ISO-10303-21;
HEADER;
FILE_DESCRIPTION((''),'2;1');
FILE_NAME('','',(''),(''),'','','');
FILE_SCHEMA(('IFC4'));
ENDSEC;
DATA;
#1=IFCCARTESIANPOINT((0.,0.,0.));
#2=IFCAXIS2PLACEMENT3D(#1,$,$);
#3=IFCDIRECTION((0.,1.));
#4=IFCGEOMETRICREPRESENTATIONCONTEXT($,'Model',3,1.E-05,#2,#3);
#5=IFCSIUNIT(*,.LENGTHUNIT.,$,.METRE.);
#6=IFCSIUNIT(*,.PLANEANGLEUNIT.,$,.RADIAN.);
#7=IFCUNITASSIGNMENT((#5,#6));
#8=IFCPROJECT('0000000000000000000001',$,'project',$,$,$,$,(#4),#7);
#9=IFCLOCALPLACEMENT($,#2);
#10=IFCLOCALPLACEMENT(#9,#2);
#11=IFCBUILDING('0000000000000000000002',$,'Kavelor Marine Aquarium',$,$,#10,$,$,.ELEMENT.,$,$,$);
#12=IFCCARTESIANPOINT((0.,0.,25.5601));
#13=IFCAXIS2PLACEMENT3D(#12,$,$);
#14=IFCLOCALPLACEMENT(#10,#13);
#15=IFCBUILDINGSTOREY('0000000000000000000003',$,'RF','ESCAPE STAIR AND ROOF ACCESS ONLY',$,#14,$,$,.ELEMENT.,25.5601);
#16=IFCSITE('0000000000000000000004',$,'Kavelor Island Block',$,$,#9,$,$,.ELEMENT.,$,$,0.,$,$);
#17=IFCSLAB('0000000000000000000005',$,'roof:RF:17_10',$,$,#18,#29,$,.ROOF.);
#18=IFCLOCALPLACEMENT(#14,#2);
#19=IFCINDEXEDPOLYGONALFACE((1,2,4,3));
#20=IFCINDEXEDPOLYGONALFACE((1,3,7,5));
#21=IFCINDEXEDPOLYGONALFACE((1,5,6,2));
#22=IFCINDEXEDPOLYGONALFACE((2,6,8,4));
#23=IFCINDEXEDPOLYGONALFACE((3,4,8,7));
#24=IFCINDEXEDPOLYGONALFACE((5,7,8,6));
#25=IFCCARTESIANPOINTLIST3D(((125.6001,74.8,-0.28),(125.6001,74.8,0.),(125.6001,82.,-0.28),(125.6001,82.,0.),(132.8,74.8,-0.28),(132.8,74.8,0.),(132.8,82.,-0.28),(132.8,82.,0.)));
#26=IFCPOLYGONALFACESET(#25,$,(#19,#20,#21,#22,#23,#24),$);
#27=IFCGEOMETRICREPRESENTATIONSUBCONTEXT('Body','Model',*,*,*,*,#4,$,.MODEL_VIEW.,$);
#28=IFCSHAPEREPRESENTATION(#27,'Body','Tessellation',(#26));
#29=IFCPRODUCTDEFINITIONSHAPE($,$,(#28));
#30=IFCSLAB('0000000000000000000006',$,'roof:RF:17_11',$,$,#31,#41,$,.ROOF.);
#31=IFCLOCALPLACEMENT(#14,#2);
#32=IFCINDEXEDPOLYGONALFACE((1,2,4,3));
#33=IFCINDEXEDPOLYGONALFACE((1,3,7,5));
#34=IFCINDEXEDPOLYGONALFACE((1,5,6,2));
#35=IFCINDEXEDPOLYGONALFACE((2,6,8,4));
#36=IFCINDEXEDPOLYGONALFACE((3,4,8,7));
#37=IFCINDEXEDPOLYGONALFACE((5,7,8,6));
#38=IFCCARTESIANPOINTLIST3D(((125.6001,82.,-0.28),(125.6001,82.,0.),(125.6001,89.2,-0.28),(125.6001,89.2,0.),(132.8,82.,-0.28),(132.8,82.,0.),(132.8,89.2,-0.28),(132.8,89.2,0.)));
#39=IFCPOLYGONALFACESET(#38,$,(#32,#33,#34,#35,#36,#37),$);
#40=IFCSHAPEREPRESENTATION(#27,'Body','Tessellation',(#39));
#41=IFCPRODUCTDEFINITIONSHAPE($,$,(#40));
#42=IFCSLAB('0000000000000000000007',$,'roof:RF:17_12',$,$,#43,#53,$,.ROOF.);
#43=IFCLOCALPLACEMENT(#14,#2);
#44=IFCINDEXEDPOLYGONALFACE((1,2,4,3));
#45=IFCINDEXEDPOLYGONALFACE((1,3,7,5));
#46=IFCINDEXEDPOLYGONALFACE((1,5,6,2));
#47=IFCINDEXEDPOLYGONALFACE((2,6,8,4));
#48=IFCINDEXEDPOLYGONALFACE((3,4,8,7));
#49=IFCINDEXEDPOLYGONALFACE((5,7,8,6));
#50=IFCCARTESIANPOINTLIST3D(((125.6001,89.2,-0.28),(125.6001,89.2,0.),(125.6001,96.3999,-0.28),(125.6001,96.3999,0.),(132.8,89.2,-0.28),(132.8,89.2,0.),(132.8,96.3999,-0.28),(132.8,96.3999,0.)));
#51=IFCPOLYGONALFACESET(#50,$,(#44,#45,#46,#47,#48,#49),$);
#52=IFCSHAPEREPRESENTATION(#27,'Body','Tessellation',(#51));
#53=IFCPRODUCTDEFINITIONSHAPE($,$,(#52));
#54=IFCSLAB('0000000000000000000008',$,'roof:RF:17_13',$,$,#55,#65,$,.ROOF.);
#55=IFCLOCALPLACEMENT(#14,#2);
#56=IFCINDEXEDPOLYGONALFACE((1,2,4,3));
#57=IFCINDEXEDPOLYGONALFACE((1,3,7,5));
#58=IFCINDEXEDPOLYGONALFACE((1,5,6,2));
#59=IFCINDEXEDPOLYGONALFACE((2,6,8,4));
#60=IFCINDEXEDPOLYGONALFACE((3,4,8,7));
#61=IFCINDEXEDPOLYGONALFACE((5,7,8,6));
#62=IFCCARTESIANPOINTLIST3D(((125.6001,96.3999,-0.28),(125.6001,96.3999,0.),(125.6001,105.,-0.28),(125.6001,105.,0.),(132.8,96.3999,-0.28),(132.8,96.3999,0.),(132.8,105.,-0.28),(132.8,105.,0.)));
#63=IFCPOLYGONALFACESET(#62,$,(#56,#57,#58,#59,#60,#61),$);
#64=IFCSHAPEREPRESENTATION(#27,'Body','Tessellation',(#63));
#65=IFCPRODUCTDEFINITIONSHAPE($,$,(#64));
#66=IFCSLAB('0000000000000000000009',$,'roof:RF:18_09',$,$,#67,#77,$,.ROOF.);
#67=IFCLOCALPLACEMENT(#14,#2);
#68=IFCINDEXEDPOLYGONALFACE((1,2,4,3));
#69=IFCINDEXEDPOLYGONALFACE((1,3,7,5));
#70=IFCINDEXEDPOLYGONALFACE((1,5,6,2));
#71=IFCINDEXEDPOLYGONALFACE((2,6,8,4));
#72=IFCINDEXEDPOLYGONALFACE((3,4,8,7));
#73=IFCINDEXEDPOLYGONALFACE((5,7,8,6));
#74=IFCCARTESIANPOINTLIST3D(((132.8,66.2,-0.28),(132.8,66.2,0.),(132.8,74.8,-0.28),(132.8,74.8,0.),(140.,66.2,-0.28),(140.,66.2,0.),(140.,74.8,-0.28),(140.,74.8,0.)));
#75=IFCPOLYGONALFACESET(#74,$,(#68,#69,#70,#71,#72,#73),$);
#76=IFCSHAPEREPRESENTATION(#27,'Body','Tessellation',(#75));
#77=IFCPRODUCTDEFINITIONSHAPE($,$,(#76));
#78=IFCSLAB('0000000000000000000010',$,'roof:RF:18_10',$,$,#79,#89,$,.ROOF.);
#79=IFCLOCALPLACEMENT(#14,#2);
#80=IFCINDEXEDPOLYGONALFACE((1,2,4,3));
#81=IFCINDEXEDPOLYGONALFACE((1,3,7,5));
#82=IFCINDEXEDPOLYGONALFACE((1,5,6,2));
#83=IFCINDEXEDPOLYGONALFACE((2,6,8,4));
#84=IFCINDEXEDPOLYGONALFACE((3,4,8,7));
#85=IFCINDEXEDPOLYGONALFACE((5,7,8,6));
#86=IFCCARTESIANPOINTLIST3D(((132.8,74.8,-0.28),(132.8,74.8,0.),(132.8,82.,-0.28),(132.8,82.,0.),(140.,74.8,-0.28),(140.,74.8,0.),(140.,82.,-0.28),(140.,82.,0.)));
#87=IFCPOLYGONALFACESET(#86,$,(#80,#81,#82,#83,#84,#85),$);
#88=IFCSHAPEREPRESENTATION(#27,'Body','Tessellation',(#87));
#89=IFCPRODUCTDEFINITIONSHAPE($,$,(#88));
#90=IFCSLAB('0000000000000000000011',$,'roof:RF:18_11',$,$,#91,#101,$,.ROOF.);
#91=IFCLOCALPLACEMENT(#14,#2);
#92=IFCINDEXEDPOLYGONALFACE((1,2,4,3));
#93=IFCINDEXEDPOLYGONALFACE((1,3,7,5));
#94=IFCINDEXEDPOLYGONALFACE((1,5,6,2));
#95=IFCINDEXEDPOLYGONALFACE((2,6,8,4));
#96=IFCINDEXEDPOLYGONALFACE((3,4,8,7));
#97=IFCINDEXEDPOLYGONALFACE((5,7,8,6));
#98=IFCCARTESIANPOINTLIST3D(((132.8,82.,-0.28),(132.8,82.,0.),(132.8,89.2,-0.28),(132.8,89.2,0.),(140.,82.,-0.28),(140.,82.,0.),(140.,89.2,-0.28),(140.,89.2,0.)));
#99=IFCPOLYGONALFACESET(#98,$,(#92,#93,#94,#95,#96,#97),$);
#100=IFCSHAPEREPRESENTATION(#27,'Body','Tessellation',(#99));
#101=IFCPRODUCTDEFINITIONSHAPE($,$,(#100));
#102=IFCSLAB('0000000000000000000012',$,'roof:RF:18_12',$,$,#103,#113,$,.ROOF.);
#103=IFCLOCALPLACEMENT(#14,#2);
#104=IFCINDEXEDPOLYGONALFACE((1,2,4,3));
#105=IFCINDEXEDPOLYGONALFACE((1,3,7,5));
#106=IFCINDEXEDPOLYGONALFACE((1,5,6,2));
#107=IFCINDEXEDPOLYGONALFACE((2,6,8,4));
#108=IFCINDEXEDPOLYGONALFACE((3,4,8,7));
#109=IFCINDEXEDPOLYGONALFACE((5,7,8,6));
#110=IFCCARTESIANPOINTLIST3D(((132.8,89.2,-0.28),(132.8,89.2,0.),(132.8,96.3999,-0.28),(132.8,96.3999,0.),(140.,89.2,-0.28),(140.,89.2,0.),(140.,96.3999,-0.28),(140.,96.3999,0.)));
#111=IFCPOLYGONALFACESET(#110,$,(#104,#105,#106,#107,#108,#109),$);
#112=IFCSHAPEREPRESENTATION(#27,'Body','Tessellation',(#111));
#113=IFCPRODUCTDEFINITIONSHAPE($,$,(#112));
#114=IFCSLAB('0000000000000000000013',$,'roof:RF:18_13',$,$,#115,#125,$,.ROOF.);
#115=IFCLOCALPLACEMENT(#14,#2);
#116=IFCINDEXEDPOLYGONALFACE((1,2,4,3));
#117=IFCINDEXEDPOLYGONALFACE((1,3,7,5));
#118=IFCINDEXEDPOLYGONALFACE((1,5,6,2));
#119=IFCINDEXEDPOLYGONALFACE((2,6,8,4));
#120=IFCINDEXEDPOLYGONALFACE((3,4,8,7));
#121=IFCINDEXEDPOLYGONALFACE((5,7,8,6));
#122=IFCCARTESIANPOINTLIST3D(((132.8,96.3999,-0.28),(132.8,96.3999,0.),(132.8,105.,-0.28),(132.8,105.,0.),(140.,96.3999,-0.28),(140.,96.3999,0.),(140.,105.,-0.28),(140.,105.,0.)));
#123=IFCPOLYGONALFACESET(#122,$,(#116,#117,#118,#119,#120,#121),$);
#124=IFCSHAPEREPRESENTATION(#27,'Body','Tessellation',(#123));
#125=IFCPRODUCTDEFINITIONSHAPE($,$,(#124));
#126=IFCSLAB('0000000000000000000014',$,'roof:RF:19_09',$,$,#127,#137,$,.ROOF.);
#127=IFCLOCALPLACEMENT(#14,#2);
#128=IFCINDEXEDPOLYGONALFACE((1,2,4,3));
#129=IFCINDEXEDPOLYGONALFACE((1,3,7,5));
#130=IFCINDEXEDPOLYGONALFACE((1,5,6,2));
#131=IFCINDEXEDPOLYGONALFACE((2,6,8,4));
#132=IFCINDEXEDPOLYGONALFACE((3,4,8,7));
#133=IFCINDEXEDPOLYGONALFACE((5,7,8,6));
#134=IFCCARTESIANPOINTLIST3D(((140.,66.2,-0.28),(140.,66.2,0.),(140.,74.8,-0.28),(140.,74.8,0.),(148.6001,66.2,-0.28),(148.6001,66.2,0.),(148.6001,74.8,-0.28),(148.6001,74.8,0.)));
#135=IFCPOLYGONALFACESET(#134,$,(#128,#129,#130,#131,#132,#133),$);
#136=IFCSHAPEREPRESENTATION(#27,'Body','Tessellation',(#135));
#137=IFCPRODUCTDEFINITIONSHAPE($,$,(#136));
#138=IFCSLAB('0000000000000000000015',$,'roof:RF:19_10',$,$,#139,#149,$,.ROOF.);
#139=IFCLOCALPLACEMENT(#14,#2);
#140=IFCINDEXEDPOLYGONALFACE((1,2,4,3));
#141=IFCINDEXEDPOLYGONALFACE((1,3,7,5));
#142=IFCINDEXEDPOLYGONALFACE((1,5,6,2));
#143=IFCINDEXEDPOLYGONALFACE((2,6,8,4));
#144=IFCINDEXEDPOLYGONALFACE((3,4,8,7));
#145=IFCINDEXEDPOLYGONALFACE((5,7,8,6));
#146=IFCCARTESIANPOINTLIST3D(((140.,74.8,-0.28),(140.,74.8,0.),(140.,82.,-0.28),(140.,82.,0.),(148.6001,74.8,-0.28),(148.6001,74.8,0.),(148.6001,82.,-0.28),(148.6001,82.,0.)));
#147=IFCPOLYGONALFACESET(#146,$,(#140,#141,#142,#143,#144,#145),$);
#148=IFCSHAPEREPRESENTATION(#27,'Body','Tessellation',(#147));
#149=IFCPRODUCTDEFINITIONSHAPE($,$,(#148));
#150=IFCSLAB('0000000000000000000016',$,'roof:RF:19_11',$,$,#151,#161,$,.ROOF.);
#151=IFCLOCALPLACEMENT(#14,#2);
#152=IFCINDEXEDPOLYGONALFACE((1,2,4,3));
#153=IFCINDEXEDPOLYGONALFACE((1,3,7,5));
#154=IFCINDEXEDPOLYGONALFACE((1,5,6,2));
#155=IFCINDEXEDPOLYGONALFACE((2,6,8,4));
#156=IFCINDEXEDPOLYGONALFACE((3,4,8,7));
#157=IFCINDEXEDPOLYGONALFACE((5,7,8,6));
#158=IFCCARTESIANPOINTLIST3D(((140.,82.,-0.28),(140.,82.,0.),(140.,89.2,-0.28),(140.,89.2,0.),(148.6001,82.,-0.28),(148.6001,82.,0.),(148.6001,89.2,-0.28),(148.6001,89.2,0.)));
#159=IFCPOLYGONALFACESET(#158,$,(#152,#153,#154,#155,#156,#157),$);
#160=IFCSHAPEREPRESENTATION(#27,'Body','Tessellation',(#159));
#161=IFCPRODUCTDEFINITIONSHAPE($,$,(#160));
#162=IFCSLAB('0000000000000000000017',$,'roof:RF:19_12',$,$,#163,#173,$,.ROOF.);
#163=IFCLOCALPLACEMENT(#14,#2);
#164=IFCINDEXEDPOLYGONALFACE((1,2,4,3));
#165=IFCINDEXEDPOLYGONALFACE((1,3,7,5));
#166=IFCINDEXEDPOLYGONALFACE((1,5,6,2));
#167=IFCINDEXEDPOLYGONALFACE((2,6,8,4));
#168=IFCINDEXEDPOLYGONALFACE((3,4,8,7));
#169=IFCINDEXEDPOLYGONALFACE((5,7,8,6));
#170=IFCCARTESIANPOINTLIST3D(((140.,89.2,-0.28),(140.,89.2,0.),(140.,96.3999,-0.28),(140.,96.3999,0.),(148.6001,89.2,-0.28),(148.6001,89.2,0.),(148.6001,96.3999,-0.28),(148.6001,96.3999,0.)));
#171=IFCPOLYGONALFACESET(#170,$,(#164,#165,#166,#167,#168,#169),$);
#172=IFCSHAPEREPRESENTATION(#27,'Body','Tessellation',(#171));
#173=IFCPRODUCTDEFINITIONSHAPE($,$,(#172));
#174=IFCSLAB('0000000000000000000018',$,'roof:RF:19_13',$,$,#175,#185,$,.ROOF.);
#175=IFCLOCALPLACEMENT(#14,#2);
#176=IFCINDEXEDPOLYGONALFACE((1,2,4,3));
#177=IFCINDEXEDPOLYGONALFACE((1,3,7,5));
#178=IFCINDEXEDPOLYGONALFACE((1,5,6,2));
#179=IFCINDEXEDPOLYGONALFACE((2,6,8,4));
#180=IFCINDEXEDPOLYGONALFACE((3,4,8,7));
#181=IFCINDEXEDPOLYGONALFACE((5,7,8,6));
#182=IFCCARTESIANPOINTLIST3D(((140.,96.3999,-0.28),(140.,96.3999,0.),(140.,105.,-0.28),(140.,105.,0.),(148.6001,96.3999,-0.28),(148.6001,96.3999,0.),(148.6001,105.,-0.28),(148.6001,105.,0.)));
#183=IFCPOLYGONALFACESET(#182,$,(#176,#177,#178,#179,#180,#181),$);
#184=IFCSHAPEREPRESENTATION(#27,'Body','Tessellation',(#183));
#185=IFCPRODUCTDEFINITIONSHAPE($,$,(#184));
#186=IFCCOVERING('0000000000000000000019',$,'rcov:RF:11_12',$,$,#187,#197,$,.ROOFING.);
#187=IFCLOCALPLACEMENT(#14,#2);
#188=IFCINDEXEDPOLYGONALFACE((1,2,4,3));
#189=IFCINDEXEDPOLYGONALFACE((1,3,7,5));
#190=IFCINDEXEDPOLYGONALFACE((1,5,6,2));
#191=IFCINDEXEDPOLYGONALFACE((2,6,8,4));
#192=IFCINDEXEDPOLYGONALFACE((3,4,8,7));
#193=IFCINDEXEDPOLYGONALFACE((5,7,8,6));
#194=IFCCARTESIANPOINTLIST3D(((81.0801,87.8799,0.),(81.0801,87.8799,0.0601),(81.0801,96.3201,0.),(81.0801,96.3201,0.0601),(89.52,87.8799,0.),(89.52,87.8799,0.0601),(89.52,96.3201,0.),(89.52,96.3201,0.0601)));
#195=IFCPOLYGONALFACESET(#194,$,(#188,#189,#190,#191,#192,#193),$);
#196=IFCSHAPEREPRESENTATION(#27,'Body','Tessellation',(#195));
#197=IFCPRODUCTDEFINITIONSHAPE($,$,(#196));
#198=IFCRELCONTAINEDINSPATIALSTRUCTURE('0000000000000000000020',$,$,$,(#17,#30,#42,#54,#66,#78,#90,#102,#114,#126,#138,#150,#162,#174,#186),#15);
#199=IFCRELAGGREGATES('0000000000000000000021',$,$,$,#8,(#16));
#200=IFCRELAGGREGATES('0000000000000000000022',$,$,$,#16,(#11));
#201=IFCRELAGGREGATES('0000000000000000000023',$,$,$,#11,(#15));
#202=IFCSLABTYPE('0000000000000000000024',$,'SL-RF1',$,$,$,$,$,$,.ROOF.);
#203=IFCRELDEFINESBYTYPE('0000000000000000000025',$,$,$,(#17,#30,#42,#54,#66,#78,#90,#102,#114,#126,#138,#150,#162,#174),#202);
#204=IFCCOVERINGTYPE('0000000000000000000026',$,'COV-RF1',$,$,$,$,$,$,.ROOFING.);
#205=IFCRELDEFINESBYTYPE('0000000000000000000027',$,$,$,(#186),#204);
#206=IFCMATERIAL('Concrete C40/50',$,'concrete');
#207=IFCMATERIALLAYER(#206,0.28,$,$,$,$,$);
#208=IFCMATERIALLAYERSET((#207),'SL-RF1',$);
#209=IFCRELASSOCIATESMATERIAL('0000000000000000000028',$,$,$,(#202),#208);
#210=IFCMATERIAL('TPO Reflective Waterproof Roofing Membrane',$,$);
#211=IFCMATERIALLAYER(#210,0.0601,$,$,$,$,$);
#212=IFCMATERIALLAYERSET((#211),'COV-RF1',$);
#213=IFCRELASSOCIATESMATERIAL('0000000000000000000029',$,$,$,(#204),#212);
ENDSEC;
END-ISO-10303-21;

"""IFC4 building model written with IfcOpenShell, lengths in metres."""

from ifc_helpers import new_model, si_unit, direction, frame, origin, place, context, subcontext, project, spatial, polyline, outline, extrude, material, layer, layer_set, type_object, element, save


model = new_model("IFC4")

# Units and contexts
model_context = context("Model", 3, precision=1e-05, world=origin(), true_north=direction((0.0, 1.0)))
body_context = subcontext(model_context, "Body", "Model", "MODEL_VIEW")
ifc_project = project(units=[si_unit("LENGTHUNIT", "METRE"), si_unit("PLANEANGLEUNIT", "RADIAN")], contexts=[model_context])

# Site, building, storey
site_placement = place(None, origin())
site = spatial("IfcSite", under=ifc_project, at=site_placement, Name="Kavelor Island Block", CompositionType="ELEMENT", RefElevation=0.0)
building_placement = place(site_placement, origin())
building = spatial("IfcBuilding", under=site, at=building_placement, Name="Kavelor Marine Aquarium", CompositionType="ELEMENT")
storey_placement = place(building_placement, frame((0.0, 0.0, 25.5601)))
storey = spatial("IfcBuildingStorey", under=building, at=storey_placement, Name="RF", Description="ESCAPE STAIR AND ROOF ACCESS ONLY", CompositionType="ELEMENT", Elevation=25.5601)

# Slabs
ifc_material_1 = material(Name="Concrete C40/50", Category="concrete")
ifc_layer_1 = layer(ifc_material_1, 0.28)
ifc_layer_set_1 = layer_set([ifc_layer_1], Name="SL-RF1")
slab_type = type_object("IfcSlabType", Name="SL-RF1", PredefinedType="ROOF", material=ifc_layer_set_1)
slab_1_placement = place(storey_placement, frame((0.0, 0.0, -0.28)))
element("IfcSlab", 1, at=slab_1_placement, inside=storey, type_object=slab_type, Name="roof:RF:17_10", PredefinedType="ROOF", context=body_context, shape_type="SweptSolid", body=[
    extrude(outline(polyline([(125.6001, 74.8), (132.8, 74.8), (132.8, 82.0), (125.6001, 82.0), (125.6001, 74.8)])), origin(), (0.0, 0.0, 1.0), 0.28),
])
slab_2_placement = place(storey_placement, frame((0.0, 0.0, -0.28)))
element("IfcSlab", 2, at=slab_2_placement, inside=storey, type_object=slab_type, Name="roof:RF:17_11", PredefinedType="ROOF", context=body_context, shape_type="SweptSolid", body=[
    extrude(outline(polyline([(125.6001, 82.0), (132.8, 82.0), (132.8, 89.2), (125.6001, 89.2), (125.6001, 82.0)])), origin(), (0.0, 0.0, 1.0), 0.28),
])
slab_3_placement = place(storey_placement, frame((0.0, 0.0, -0.28)))
element("IfcSlab", 3, at=slab_3_placement, inside=storey, type_object=slab_type, Name="roof:RF:17_12", PredefinedType="ROOF", context=body_context, shape_type="SweptSolid", body=[
    extrude(outline(polyline([(125.6001, 89.2), (132.8, 89.2), (132.8, 96.3999), (125.6001, 96.3999), (125.6001, 89.2)])), origin(), (0.0, 0.0, 1.0), 0.28),
])
slab_4_placement = place(storey_placement, frame((0.0, 0.0, -0.28)))
element("IfcSlab", 4, at=slab_4_placement, inside=storey, type_object=slab_type, Name="roof:RF:17_13", PredefinedType="ROOF", context=body_context, shape_type="SweptSolid", body=[
    extrude(outline(polyline([(125.6001, 96.3999), (132.8, 96.3999), (132.8, 105.0), (125.6001, 105.0), (125.6001, 96.3999)])), origin(), (0.0, 0.0, 1.0), 0.28),
])
slab_5_placement = place(storey_placement, frame((0.0, 0.0, -0.28)))
element("IfcSlab", 5, at=slab_5_placement, inside=storey, type_object=slab_type, Name="roof:RF:18_09", PredefinedType="ROOF", context=body_context, shape_type="SweptSolid", body=[
    extrude(outline(polyline([(132.8, 66.2), (140.0, 66.2), (140.0, 74.8), (132.8, 74.8), (132.8, 66.2)])), origin(), (0.0, 0.0, 1.0), 0.28),
])
slab_6_placement = place(storey_placement, frame((0.0, 0.0, -0.28)))
element("IfcSlab", 6, at=slab_6_placement, inside=storey, type_object=slab_type, Name="roof:RF:18_10", PredefinedType="ROOF", context=body_context, shape_type="SweptSolid", body=[
    extrude(outline(polyline([(132.8, 74.8), (140.0, 74.8), (140.0, 82.0), (132.8, 82.0), (132.8, 74.8)])), origin(), (0.0, 0.0, 1.0), 0.28),
])
slab_7_placement = place(storey_placement, frame((0.0, 0.0, -0.28)))
element("IfcSlab", 7, at=slab_7_placement, inside=storey, type_object=slab_type, Name="roof:RF:18_11", PredefinedType="ROOF", context=body_context, shape_type="SweptSolid", body=[
    extrude(outline(polyline([(132.8, 82.0), (140.0, 82.0), (140.0, 89.2), (132.8, 89.2), (132.8, 82.0)])), origin(), (0.0, 0.0, 1.0), 0.28),
])
slab_8_placement = place(storey_placement, frame((0.0, 0.0, -0.28)))
element("IfcSlab", 8, at=slab_8_placement, inside=storey, type_object=slab_type, Name="roof:RF:18_12", PredefinedType="ROOF", context=body_context, shape_type="SweptSolid", body=[
    extrude(outline(polyline([(132.8, 89.2), (140.0, 89.2), (140.0, 96.3999), (132.8, 96.3999), (132.8, 89.2)])), origin(), (0.0, 0.0, 1.0), 0.28),
])
slab_9_placement = place(storey_placement, frame((0.0, 0.0, -0.28)))
element("IfcSlab", 9, at=slab_9_placement, inside=storey, type_object=slab_type, Name="roof:RF:18_13", PredefinedType="ROOF", context=body_context, shape_type="SweptSolid", body=[
    extrude(outline(polyline([(132.8, 96.3999), (140.0, 96.3999), (140.0, 105.0), (132.8, 105.0), (132.8, 96.3999)])), origin(), (0.0, 0.0, 1.0), 0.28),
])
slab_10_placement = place(storey_placement, frame((0.0, 0.0, -0.28)))
element("IfcSlab", 10, at=slab_10_placement, inside=storey, type_object=slab_type, Name="roof:RF:19_09", PredefinedType="ROOF", context=body_context, shape_type="SweptSolid", body=[
    extrude(outline(polyline([(140.0, 66.2), (148.6001, 66.2), (148.6001, 74.8), (140.0, 74.8), (140.0, 66.2)])), origin(), (0.0, 0.0, 1.0), 0.28),
])
slab_11_placement = place(storey_placement, frame((0.0, 0.0, -0.28)))
element("IfcSlab", 11, at=slab_11_placement, inside=storey, type_object=slab_type, Name="roof:RF:19_10", PredefinedType="ROOF", context=body_context, shape_type="SweptSolid", body=[
    extrude(outline(polyline([(140.0, 74.8), (148.6001, 74.8), (148.6001, 82.0), (140.0, 82.0), (140.0, 74.8)])), origin(), (0.0, 0.0, 1.0), 0.28),
])
slab_12_placement = place(storey_placement, frame((0.0, 0.0, -0.28)))
element("IfcSlab", 12, at=slab_12_placement, inside=storey, type_object=slab_type, Name="roof:RF:19_11", PredefinedType="ROOF", context=body_context, shape_type="SweptSolid", body=[
    extrude(outline(polyline([(140.0, 82.0), (148.6001, 82.0), (148.6001, 89.2), (140.0, 89.2), (140.0, 82.0)])), origin(), (0.0, 0.0, 1.0), 0.28),
])
slab_13_placement = place(storey_placement, frame((0.0, 0.0, -0.28)))
element("IfcSlab", 13, at=slab_13_placement, inside=storey, type_object=slab_type, Name="roof:RF:19_12", PredefinedType="ROOF", context=body_context, shape_type="SweptSolid", body=[
    extrude(outline(polyline([(140.0, 89.2), (148.6001, 89.2), (148.6001, 96.3999), (140.0, 96.3999), (140.0, 89.2)])), origin(), (0.0, 0.0, 1.0), 0.28),
])
slab_14_placement = place(storey_placement, frame((0.0, 0.0, -0.28)))
element("IfcSlab", 14, at=slab_14_placement, inside=storey, type_object=slab_type, Name="roof:RF:19_13", PredefinedType="ROOF", context=body_context, shape_type="SweptSolid", body=[
    extrude(outline(polyline([(140.0, 96.3999), (148.6001, 96.3999), (148.6001, 105.0), (140.0, 105.0), (140.0, 96.3999)])), origin(), (0.0, 0.0, 1.0), 0.28),
])

# Covering
ifc_material_2 = material(Name="TPO Reflective Waterproof Roofing Membrane")
ifc_layer_2 = layer(ifc_material_2, 0.0601)
ifc_layer_set_2 = layer_set([ifc_layer_2], Name="COV-RF1")
covering_type = type_object("IfcCoveringType", Name="COV-RF1", PredefinedType="ROOFING", material=ifc_layer_set_2)
covering_1_placement = place(storey_placement, origin())
element("IfcCovering", 15, at=covering_1_placement, inside=storey, type_object=covering_type, Name="rcov:RF:11_12", PredefinedType="ROOFING", context=body_context, shape_type="SweptSolid", body=[
    extrude(outline(polyline([(81.0801, 87.8799), (89.52, 87.8799), (89.52, 96.3201), (81.0801, 96.3201), (81.0801, 87.8799)])), origin(), (0.0, 0.0, 1.0), 0.0601),
])

save(model, "model.ifc")
